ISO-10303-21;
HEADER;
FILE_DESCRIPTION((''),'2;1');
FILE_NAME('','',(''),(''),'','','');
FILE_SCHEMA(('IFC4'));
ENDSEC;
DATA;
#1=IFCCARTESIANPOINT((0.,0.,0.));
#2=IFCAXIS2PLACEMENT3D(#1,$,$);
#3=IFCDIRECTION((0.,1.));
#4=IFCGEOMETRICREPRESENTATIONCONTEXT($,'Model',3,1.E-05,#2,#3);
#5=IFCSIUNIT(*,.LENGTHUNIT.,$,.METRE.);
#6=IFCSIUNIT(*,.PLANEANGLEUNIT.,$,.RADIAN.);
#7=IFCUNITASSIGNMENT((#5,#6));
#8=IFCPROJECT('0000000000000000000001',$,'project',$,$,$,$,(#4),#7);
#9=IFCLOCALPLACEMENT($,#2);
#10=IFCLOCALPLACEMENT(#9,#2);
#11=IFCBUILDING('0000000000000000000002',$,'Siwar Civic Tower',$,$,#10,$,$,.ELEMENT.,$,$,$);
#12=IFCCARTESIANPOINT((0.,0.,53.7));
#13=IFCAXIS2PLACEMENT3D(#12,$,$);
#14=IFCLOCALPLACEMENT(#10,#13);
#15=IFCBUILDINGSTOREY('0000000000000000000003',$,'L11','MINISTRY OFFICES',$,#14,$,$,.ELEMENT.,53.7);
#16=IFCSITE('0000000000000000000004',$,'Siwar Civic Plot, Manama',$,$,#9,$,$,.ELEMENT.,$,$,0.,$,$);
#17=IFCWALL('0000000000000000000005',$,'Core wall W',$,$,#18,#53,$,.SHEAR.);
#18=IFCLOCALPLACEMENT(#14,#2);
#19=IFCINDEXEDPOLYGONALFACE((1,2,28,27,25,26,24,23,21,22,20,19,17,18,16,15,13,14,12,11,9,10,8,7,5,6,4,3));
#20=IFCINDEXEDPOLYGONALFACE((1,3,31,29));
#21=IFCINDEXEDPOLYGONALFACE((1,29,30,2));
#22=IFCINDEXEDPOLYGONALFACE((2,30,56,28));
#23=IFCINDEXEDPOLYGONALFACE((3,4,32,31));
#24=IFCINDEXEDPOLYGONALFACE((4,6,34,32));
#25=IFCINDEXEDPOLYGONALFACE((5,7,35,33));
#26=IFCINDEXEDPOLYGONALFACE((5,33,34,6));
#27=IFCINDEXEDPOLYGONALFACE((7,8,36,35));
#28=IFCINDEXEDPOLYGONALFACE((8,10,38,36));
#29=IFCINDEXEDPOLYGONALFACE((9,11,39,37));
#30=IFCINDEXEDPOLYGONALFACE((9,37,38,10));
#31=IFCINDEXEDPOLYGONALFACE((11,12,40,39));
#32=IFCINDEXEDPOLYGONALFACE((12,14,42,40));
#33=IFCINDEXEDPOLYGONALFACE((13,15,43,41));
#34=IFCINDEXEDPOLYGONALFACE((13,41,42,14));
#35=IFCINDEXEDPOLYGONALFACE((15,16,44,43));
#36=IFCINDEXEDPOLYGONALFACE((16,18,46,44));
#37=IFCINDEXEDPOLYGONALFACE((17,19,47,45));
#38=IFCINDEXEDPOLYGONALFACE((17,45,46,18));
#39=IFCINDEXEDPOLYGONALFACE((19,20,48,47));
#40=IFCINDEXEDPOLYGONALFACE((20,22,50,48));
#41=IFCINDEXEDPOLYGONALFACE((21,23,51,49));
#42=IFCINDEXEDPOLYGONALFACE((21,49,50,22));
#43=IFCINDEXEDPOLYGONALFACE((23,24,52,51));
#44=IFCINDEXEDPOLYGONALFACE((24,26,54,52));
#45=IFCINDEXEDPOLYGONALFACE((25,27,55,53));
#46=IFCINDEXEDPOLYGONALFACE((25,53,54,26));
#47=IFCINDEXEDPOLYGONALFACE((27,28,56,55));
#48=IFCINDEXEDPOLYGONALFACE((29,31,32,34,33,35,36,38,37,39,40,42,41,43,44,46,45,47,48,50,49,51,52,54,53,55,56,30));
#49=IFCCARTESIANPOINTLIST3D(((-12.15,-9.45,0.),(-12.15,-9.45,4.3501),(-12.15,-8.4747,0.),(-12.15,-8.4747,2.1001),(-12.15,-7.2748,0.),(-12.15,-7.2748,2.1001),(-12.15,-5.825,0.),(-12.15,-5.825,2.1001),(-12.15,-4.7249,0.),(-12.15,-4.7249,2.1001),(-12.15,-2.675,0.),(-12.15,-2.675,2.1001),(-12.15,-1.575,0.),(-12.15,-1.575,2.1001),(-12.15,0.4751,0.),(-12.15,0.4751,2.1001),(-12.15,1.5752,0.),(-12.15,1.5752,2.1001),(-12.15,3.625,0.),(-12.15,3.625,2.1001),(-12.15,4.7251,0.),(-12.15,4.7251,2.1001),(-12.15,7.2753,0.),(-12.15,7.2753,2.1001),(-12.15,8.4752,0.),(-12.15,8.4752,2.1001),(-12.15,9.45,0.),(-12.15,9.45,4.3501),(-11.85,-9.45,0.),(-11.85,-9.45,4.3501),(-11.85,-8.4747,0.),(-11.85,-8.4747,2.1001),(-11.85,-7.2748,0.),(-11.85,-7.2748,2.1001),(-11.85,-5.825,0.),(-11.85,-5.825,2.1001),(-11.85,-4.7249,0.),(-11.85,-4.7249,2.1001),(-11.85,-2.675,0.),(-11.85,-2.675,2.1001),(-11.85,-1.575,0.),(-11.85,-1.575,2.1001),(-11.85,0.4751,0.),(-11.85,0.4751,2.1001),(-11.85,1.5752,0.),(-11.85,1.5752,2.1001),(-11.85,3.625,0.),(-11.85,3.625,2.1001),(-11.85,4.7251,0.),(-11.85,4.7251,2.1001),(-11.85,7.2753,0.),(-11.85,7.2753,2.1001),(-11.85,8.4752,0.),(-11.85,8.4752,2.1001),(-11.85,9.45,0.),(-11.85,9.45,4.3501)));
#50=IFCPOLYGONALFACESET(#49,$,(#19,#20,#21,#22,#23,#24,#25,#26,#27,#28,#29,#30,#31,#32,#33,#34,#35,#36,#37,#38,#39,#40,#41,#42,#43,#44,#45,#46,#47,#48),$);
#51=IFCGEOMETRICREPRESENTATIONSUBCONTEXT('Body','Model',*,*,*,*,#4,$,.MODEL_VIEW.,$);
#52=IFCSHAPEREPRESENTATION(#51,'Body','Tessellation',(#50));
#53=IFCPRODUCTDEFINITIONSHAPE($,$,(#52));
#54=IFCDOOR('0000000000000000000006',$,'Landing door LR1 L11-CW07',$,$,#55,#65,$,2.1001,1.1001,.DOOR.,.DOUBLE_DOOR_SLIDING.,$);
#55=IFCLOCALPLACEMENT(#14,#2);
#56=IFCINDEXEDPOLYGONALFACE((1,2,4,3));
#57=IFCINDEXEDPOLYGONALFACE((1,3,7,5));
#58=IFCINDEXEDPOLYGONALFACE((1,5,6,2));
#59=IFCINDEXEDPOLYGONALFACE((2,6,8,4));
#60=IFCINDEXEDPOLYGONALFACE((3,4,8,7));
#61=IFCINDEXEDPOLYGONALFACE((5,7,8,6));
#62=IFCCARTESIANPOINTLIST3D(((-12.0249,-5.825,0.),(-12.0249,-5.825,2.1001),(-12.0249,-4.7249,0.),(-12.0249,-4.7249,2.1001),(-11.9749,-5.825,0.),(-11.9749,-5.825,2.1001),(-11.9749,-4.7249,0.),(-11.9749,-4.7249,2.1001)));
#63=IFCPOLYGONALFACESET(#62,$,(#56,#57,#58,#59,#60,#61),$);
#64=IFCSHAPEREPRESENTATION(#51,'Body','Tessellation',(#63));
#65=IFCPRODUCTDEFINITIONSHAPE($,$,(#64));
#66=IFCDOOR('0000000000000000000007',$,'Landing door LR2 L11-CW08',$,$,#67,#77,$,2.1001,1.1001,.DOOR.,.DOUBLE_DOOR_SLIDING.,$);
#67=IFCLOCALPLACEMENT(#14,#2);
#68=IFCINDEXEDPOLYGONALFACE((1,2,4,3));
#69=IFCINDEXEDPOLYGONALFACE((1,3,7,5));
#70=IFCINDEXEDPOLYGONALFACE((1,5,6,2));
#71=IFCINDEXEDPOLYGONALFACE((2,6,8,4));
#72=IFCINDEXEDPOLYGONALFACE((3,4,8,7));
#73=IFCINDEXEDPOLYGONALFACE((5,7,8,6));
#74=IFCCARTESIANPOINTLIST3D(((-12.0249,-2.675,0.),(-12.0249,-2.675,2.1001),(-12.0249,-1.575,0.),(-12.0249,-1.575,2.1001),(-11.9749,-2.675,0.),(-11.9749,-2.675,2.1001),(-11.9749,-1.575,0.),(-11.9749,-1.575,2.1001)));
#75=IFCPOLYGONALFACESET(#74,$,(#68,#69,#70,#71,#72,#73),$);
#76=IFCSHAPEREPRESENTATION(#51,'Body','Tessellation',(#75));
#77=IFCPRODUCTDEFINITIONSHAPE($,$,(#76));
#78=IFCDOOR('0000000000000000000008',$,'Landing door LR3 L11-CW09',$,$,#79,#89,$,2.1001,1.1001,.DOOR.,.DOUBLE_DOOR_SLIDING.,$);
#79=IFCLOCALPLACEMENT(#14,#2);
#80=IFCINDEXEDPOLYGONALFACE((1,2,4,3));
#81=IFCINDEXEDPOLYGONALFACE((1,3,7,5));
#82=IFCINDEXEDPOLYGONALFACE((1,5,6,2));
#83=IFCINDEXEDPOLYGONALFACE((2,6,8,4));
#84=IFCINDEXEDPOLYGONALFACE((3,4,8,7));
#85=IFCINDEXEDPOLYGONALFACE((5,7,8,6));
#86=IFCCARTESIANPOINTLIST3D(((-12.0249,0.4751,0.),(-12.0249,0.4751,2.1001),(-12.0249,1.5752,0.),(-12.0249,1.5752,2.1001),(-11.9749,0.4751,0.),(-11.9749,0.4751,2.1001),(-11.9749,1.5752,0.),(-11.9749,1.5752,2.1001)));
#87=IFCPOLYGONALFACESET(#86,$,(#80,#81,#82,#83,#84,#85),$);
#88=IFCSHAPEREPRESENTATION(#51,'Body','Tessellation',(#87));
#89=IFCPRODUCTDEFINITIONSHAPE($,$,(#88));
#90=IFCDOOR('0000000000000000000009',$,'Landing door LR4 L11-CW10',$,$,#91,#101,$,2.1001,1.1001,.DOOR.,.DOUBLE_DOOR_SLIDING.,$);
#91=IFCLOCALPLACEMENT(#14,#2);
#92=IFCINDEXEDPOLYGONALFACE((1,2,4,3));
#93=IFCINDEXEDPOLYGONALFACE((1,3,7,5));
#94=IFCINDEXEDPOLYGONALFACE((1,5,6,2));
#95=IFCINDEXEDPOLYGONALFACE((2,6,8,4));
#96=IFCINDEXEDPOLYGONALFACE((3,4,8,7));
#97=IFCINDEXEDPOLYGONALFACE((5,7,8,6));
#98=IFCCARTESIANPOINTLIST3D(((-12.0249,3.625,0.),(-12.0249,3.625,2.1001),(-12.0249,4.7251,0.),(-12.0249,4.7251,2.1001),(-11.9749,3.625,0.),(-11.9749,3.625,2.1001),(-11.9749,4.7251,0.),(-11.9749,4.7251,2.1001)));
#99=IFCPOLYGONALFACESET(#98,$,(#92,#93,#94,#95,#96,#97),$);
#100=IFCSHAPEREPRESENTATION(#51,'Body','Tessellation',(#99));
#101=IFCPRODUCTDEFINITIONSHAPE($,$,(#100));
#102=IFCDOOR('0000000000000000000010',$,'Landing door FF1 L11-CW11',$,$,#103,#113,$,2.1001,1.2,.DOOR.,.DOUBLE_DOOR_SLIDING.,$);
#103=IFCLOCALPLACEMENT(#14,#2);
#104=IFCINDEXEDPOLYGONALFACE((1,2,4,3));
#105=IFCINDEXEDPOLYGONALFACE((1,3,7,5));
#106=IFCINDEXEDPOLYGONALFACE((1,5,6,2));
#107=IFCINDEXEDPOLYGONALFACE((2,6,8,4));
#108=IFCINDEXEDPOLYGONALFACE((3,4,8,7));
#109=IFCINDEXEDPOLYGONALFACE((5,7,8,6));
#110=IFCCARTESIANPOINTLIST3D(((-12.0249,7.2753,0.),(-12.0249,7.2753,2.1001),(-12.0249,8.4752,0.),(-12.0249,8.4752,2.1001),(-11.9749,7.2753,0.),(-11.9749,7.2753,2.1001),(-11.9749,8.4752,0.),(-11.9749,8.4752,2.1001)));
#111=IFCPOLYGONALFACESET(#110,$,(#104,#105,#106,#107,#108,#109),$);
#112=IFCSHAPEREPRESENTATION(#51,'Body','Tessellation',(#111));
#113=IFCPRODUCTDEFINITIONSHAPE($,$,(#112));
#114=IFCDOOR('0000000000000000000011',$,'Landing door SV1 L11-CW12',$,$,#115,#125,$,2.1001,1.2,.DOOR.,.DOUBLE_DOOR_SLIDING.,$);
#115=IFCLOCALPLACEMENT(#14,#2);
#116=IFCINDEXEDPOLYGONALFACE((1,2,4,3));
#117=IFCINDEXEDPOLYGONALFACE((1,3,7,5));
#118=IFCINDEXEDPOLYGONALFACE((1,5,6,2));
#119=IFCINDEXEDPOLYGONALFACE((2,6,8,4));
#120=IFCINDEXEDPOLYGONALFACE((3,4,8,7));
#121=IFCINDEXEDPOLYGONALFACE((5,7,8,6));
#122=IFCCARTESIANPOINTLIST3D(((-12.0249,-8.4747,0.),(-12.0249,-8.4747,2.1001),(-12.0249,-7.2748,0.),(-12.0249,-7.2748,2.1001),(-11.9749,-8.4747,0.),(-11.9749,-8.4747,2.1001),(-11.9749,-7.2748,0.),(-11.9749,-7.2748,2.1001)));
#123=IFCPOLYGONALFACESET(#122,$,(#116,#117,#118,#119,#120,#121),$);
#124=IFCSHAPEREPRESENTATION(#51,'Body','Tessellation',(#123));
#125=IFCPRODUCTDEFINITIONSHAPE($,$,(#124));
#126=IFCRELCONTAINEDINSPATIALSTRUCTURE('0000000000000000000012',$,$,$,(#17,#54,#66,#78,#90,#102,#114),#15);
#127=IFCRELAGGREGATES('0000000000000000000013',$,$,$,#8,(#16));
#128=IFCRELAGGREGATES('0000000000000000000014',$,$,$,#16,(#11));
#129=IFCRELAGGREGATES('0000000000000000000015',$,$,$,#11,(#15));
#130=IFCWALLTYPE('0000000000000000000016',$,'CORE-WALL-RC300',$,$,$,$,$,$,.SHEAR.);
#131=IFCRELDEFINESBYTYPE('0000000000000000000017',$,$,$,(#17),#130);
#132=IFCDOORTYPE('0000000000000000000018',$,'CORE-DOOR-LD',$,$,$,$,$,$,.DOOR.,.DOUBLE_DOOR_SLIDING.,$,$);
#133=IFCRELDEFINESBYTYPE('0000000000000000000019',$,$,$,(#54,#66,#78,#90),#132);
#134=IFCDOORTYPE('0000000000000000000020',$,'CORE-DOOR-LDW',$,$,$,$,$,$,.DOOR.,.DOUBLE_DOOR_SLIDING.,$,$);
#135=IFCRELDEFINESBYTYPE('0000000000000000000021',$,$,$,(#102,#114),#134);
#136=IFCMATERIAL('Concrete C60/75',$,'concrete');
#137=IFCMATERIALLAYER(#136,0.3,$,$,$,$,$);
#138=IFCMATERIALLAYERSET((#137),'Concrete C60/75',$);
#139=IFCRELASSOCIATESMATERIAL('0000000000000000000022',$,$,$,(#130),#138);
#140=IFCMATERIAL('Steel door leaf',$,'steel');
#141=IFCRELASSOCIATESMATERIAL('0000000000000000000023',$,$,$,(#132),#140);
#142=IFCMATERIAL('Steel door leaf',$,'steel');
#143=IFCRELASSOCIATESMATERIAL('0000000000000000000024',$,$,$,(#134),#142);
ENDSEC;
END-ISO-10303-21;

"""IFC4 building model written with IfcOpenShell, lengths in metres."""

from ifc_helpers import new_model, si_unit, direction, frame, frame_2d, origin, place, context, subcontext, project, spatial, rectangle, extrude, material, layer, layer_set, type_object, element, fill, save


model = new_model("IFC4")

# Units and contexts
model_context = context("Model", 3, precision=1e-05, world=origin(), true_north=direction((0.0, 1.0)))
body_context = subcontext(model_context, "Body", "Model", "MODEL_VIEW")
ifc_project = project(units=[si_unit("LENGTHUNIT", "METRE"), si_unit("PLANEANGLEUNIT", "RADIAN")], contexts=[model_context])

# Site, building, storey
site_placement = place(None, origin())
site = spatial("IfcSite", under=ifc_project, at=site_placement, Name="Siwar Civic Plot, Manama", CompositionType="ELEMENT", RefElevation=0.0)
building_placement = place(site_placement, origin())
building = spatial("IfcBuilding", under=site, at=building_placement, Name="Siwar Civic Tower", CompositionType="ELEMENT")
storey_placement = place(building_placement, frame((0.0, 0.0, 53.7)))
storey = spatial("IfcBuildingStorey", under=building, at=storey_placement, Name="L11", Description="MINISTRY OFFICES", CompositionType="ELEMENT", Elevation=53.7)

# Wall, openings, doors
ifc_material_1 = material(Name="Concrete C60/75", Category="concrete")
ifc_layer_1 = layer(ifc_material_1, 0.3)
ifc_layer_set_1 = layer_set([ifc_layer_1], Name="Concrete C60/75")
wall_type_1 = type_object("IfcWallType", Name="CORE-WALL-RC300", PredefinedType="SHEAR", material=ifc_layer_set_1)
wall_1_placement = place(storey_placement, frame((-12.0, -9.45, 0.0), z_axis=(0.0, 0.0, 1.0), x_axis=(0.0, 1.0, 0.0)))
wall_1 = element("IfcWall", 1, at=wall_1_placement, inside=storey, type_object=wall_type_1, Name="Core wall W", PredefinedType="SHEAR", context=body_context, shape_type="SweptSolid", body=[
    extrude(rectangle(XDim=18.8999, YDim=0.3, at=frame_2d((9.45, 0.0))), origin(), (0.0, 0.0, 1.0), 4.3501),
])
opening_1_placement = place(wall_1_placement, frame((3.625, 0.0, 0.0)))
opening_1 = element("IfcOpeningElement", 2, at=opening_1_placement, cuts=wall_1, PredefinedType="OPENING", context=body_context, shape_type="SweptSolid", body=[
    extrude(rectangle(XDim=1.1001, YDim=2.1001, at=frame_2d((0.55, 1.05))), frame((0.0, 0.1602, 0.0), z_axis=(0.0, -1.0, 0.0), x_axis=(1.0, 0.0, 0.0)), (0.0, 0.0, 1.0), 0.3201),
])
opening_2_placement = place(wall_1_placement, frame((6.7749, 0.0, 0.0)))
opening_2 = element("IfcOpeningElement", 3, at=opening_2_placement, cuts=wall_1, PredefinedType="OPENING", context=body_context, shape_type="SweptSolid", body=[
    extrude(rectangle(XDim=1.1001, YDim=2.1001, at=frame_2d((0.55, 1.05))), frame((0.0, 0.1602, 0.0), z_axis=(0.0, -1.0, 0.0), x_axis=(1.0, 0.0, 0.0)), (0.0, 0.0, 1.0), 0.3201),
])
opening_3_placement = place(wall_1_placement, frame((9.925, 0.0, 0.0)))
opening_3 = element("IfcOpeningElement", 4, at=opening_3_placement, cuts=wall_1, PredefinedType="OPENING", context=body_context, shape_type="SweptSolid", body=[
    extrude(rectangle(XDim=1.1001, YDim=2.1001, at=frame_2d((0.55, 1.05))), frame((0.0, 0.1602, 0.0), z_axis=(0.0, -1.0, 0.0), x_axis=(1.0, 0.0, 0.0)), (0.0, 0.0, 1.0), 0.3201),
])
opening_4_placement = place(wall_1_placement, frame((13.075, 0.0, 0.0)))
opening_4 = element("IfcOpeningElement", 5, at=opening_4_placement, cuts=wall_1, PredefinedType="OPENING", context=body_context, shape_type="SweptSolid", body=[
    extrude(rectangle(XDim=1.1001, YDim=2.1001, at=frame_2d((0.55, 1.05))), frame((0.0, 0.1602, 0.0), z_axis=(0.0, -1.0, 0.0), x_axis=(1.0, 0.0, 0.0)), (0.0, 0.0, 1.0), 0.3201),
])
opening_5_placement = place(wall_1_placement, frame((16.7251, 0.0, 0.0)))
opening_5 = element("IfcOpeningElement", 6, at=opening_5_placement, cuts=wall_1, PredefinedType="OPENING", context=body_context, shape_type="SweptSolid", body=[
    extrude(rectangle(XDim=1.2, YDim=2.1001, at=frame_2d((0.6001, 1.05))), frame((0.0, 0.1602, 0.0), z_axis=(0.0, -1.0, 0.0), x_axis=(1.0, 0.0, 0.0)), (0.0, 0.0, 1.0), 0.3201),
])
opening_6_placement = place(wall_1_placement, frame((0.9751, 0.0, 0.0)))
opening_6 = element("IfcOpeningElement", 7, at=opening_6_placement, cuts=wall_1, PredefinedType="OPENING", context=body_context, shape_type="SweptSolid", body=[
    extrude(rectangle(XDim=1.2, YDim=2.1001, at=frame_2d((0.6001, 1.05))), frame((0.0, 0.1602, 0.0), z_axis=(0.0, -1.0, 0.0), x_axis=(1.0, 0.0, 0.0)), (0.0, 0.0, 1.0), 0.3201),
])
ifc_material_2 = material(Name="Steel door leaf", Category="steel")
door_type_1 = type_object("IfcDoorType", Name="CORE-DOOR-LD", OperationType="DOUBLE_DOOR_SLIDING", PredefinedType="DOOR", material=ifc_material_2)
door_1_placement = place(opening_1_placement, origin())
door_1 = element("IfcDoor", 8, at=door_1_placement, inside=storey, type_object=door_type_1, Name="Landing door LR1 L11-CW07", OperationType="DOUBLE_DOOR_SLIDING", OverallHeight=2.1001, OverallWidth=1.1001, PredefinedType="DOOR", context=body_context, shape_type="SweptSolid", body=[
    extrude(rectangle(XDim=1.1001, YDim=2.1001, at=frame_2d((0.55, 1.05))), frame((0.0, 0.0249, 0.0), z_axis=(0.0, -1.0, 0.0), x_axis=(1.0, 0.0, 0.0)), (0.0, 0.0, 1.0), 0.05),
])
fill(opening_1, door_1)
door_2_placement = place(opening_2_placement, origin())
door_2 = element("IfcDoor", 9, at=door_2_placement, inside=storey, type_object=door_type_1, Name="Landing door LR2 L11-CW08", OperationType="DOUBLE_DOOR_SLIDING", OverallHeight=2.1001, OverallWidth=1.1001, PredefinedType="DOOR", context=body_context, shape_type="SweptSolid", body=[
    extrude(rectangle(XDim=1.1001, YDim=2.1001, at=frame_2d((0.55, 1.05))), frame((0.0, 0.0249, 0.0), z_axis=(0.0, -1.0, 0.0), x_axis=(1.0, 0.0, 0.0)), (0.0, 0.0, 1.0), 0.05),
])
fill(opening_2, door_2)
door_3_placement = place(opening_3_placement, origin())
door_3 = element("IfcDoor", 10, at=door_3_placement, inside=storey, type_object=door_type_1, Name="Landing door LR3 L11-CW09", OperationType="DOUBLE_DOOR_SLIDING", OverallHeight=2.1001, OverallWidth=1.1001, PredefinedType="DOOR", context=body_context, shape_type="SweptSolid", body=[
    extrude(rectangle(XDim=1.1001, YDim=2.1001, at=frame_2d((0.55, 1.05))), frame((0.0, 0.0249, 0.0), z_axis=(0.0, -1.0, 0.0), x_axis=(1.0, 0.0, 0.0)), (0.0, 0.0, 1.0), 0.05),
])
fill(opening_3, door_3)
door_4_placement = place(opening_4_placement, origin())
door_4 = element("IfcDoor", 11, at=door_4_placement, inside=storey, type_object=door_type_1, Name="Landing door LR4 L11-CW10", OperationType="DOUBLE_DOOR_SLIDING", OverallHeight=2.1001, OverallWidth=1.1001, PredefinedType="DOOR", context=body_context, shape_type="SweptSolid", body=[
    extrude(rectangle(XDim=1.1001, YDim=2.1001, at=frame_2d((0.55, 1.05))), frame((0.0, 0.0249, 0.0), z_axis=(0.0, -1.0, 0.0), x_axis=(1.0, 0.0, 0.0)), (0.0, 0.0, 1.0), 0.05),
])
fill(opening_4, door_4)
ifc_material_3 = material(Name="Steel door leaf", Category="steel")
door_type_2 = type_object("IfcDoorType", Name="CORE-DOOR-LDW", OperationType="DOUBLE_DOOR_SLIDING", PredefinedType="DOOR", material=ifc_material_3)
door_5_placement = place(opening_5_placement, origin())
door_5 = element("IfcDoor", 12, at=door_5_placement, inside=storey, type_object=door_type_2, Name="Landing door FF1 L11-CW11", OperationType="DOUBLE_DOOR_SLIDING", OverallHeight=2.1001, OverallWidth=1.2, PredefinedType="DOOR", context=body_context, shape_type="SweptSolid", body=[
    extrude(rectangle(XDim=1.2, YDim=2.1001, at=frame_2d((0.6001, 1.05))), frame((0.0, 0.0249, 0.0), z_axis=(0.0, -1.0, 0.0), x_axis=(1.0, 0.0, 0.0)), (0.0, 0.0, 1.0), 0.05),
])
fill(opening_5, door_5)
door_6_placement = place(opening_6_placement, origin())
door_6 = element("IfcDoor", 13, at=door_6_placement, inside=storey, type_object=door_type_2, Name="Landing door SV1 L11-CW12", OperationType="DOUBLE_DOOR_SLIDING", OverallHeight=2.1001, OverallWidth=1.2, PredefinedType="DOOR", context=body_context, shape_type="SweptSolid", body=[
    extrude(rectangle(XDim=1.2, YDim=2.1001, at=frame_2d((0.6001, 1.05))), frame((0.0, 0.0249, 0.0), z_axis=(0.0, -1.0, 0.0), x_axis=(1.0, 0.0, 0.0)), (0.0, 0.0, 1.0), 0.05),
])
fill(opening_6, door_6)

save(model, "model.ifc")
